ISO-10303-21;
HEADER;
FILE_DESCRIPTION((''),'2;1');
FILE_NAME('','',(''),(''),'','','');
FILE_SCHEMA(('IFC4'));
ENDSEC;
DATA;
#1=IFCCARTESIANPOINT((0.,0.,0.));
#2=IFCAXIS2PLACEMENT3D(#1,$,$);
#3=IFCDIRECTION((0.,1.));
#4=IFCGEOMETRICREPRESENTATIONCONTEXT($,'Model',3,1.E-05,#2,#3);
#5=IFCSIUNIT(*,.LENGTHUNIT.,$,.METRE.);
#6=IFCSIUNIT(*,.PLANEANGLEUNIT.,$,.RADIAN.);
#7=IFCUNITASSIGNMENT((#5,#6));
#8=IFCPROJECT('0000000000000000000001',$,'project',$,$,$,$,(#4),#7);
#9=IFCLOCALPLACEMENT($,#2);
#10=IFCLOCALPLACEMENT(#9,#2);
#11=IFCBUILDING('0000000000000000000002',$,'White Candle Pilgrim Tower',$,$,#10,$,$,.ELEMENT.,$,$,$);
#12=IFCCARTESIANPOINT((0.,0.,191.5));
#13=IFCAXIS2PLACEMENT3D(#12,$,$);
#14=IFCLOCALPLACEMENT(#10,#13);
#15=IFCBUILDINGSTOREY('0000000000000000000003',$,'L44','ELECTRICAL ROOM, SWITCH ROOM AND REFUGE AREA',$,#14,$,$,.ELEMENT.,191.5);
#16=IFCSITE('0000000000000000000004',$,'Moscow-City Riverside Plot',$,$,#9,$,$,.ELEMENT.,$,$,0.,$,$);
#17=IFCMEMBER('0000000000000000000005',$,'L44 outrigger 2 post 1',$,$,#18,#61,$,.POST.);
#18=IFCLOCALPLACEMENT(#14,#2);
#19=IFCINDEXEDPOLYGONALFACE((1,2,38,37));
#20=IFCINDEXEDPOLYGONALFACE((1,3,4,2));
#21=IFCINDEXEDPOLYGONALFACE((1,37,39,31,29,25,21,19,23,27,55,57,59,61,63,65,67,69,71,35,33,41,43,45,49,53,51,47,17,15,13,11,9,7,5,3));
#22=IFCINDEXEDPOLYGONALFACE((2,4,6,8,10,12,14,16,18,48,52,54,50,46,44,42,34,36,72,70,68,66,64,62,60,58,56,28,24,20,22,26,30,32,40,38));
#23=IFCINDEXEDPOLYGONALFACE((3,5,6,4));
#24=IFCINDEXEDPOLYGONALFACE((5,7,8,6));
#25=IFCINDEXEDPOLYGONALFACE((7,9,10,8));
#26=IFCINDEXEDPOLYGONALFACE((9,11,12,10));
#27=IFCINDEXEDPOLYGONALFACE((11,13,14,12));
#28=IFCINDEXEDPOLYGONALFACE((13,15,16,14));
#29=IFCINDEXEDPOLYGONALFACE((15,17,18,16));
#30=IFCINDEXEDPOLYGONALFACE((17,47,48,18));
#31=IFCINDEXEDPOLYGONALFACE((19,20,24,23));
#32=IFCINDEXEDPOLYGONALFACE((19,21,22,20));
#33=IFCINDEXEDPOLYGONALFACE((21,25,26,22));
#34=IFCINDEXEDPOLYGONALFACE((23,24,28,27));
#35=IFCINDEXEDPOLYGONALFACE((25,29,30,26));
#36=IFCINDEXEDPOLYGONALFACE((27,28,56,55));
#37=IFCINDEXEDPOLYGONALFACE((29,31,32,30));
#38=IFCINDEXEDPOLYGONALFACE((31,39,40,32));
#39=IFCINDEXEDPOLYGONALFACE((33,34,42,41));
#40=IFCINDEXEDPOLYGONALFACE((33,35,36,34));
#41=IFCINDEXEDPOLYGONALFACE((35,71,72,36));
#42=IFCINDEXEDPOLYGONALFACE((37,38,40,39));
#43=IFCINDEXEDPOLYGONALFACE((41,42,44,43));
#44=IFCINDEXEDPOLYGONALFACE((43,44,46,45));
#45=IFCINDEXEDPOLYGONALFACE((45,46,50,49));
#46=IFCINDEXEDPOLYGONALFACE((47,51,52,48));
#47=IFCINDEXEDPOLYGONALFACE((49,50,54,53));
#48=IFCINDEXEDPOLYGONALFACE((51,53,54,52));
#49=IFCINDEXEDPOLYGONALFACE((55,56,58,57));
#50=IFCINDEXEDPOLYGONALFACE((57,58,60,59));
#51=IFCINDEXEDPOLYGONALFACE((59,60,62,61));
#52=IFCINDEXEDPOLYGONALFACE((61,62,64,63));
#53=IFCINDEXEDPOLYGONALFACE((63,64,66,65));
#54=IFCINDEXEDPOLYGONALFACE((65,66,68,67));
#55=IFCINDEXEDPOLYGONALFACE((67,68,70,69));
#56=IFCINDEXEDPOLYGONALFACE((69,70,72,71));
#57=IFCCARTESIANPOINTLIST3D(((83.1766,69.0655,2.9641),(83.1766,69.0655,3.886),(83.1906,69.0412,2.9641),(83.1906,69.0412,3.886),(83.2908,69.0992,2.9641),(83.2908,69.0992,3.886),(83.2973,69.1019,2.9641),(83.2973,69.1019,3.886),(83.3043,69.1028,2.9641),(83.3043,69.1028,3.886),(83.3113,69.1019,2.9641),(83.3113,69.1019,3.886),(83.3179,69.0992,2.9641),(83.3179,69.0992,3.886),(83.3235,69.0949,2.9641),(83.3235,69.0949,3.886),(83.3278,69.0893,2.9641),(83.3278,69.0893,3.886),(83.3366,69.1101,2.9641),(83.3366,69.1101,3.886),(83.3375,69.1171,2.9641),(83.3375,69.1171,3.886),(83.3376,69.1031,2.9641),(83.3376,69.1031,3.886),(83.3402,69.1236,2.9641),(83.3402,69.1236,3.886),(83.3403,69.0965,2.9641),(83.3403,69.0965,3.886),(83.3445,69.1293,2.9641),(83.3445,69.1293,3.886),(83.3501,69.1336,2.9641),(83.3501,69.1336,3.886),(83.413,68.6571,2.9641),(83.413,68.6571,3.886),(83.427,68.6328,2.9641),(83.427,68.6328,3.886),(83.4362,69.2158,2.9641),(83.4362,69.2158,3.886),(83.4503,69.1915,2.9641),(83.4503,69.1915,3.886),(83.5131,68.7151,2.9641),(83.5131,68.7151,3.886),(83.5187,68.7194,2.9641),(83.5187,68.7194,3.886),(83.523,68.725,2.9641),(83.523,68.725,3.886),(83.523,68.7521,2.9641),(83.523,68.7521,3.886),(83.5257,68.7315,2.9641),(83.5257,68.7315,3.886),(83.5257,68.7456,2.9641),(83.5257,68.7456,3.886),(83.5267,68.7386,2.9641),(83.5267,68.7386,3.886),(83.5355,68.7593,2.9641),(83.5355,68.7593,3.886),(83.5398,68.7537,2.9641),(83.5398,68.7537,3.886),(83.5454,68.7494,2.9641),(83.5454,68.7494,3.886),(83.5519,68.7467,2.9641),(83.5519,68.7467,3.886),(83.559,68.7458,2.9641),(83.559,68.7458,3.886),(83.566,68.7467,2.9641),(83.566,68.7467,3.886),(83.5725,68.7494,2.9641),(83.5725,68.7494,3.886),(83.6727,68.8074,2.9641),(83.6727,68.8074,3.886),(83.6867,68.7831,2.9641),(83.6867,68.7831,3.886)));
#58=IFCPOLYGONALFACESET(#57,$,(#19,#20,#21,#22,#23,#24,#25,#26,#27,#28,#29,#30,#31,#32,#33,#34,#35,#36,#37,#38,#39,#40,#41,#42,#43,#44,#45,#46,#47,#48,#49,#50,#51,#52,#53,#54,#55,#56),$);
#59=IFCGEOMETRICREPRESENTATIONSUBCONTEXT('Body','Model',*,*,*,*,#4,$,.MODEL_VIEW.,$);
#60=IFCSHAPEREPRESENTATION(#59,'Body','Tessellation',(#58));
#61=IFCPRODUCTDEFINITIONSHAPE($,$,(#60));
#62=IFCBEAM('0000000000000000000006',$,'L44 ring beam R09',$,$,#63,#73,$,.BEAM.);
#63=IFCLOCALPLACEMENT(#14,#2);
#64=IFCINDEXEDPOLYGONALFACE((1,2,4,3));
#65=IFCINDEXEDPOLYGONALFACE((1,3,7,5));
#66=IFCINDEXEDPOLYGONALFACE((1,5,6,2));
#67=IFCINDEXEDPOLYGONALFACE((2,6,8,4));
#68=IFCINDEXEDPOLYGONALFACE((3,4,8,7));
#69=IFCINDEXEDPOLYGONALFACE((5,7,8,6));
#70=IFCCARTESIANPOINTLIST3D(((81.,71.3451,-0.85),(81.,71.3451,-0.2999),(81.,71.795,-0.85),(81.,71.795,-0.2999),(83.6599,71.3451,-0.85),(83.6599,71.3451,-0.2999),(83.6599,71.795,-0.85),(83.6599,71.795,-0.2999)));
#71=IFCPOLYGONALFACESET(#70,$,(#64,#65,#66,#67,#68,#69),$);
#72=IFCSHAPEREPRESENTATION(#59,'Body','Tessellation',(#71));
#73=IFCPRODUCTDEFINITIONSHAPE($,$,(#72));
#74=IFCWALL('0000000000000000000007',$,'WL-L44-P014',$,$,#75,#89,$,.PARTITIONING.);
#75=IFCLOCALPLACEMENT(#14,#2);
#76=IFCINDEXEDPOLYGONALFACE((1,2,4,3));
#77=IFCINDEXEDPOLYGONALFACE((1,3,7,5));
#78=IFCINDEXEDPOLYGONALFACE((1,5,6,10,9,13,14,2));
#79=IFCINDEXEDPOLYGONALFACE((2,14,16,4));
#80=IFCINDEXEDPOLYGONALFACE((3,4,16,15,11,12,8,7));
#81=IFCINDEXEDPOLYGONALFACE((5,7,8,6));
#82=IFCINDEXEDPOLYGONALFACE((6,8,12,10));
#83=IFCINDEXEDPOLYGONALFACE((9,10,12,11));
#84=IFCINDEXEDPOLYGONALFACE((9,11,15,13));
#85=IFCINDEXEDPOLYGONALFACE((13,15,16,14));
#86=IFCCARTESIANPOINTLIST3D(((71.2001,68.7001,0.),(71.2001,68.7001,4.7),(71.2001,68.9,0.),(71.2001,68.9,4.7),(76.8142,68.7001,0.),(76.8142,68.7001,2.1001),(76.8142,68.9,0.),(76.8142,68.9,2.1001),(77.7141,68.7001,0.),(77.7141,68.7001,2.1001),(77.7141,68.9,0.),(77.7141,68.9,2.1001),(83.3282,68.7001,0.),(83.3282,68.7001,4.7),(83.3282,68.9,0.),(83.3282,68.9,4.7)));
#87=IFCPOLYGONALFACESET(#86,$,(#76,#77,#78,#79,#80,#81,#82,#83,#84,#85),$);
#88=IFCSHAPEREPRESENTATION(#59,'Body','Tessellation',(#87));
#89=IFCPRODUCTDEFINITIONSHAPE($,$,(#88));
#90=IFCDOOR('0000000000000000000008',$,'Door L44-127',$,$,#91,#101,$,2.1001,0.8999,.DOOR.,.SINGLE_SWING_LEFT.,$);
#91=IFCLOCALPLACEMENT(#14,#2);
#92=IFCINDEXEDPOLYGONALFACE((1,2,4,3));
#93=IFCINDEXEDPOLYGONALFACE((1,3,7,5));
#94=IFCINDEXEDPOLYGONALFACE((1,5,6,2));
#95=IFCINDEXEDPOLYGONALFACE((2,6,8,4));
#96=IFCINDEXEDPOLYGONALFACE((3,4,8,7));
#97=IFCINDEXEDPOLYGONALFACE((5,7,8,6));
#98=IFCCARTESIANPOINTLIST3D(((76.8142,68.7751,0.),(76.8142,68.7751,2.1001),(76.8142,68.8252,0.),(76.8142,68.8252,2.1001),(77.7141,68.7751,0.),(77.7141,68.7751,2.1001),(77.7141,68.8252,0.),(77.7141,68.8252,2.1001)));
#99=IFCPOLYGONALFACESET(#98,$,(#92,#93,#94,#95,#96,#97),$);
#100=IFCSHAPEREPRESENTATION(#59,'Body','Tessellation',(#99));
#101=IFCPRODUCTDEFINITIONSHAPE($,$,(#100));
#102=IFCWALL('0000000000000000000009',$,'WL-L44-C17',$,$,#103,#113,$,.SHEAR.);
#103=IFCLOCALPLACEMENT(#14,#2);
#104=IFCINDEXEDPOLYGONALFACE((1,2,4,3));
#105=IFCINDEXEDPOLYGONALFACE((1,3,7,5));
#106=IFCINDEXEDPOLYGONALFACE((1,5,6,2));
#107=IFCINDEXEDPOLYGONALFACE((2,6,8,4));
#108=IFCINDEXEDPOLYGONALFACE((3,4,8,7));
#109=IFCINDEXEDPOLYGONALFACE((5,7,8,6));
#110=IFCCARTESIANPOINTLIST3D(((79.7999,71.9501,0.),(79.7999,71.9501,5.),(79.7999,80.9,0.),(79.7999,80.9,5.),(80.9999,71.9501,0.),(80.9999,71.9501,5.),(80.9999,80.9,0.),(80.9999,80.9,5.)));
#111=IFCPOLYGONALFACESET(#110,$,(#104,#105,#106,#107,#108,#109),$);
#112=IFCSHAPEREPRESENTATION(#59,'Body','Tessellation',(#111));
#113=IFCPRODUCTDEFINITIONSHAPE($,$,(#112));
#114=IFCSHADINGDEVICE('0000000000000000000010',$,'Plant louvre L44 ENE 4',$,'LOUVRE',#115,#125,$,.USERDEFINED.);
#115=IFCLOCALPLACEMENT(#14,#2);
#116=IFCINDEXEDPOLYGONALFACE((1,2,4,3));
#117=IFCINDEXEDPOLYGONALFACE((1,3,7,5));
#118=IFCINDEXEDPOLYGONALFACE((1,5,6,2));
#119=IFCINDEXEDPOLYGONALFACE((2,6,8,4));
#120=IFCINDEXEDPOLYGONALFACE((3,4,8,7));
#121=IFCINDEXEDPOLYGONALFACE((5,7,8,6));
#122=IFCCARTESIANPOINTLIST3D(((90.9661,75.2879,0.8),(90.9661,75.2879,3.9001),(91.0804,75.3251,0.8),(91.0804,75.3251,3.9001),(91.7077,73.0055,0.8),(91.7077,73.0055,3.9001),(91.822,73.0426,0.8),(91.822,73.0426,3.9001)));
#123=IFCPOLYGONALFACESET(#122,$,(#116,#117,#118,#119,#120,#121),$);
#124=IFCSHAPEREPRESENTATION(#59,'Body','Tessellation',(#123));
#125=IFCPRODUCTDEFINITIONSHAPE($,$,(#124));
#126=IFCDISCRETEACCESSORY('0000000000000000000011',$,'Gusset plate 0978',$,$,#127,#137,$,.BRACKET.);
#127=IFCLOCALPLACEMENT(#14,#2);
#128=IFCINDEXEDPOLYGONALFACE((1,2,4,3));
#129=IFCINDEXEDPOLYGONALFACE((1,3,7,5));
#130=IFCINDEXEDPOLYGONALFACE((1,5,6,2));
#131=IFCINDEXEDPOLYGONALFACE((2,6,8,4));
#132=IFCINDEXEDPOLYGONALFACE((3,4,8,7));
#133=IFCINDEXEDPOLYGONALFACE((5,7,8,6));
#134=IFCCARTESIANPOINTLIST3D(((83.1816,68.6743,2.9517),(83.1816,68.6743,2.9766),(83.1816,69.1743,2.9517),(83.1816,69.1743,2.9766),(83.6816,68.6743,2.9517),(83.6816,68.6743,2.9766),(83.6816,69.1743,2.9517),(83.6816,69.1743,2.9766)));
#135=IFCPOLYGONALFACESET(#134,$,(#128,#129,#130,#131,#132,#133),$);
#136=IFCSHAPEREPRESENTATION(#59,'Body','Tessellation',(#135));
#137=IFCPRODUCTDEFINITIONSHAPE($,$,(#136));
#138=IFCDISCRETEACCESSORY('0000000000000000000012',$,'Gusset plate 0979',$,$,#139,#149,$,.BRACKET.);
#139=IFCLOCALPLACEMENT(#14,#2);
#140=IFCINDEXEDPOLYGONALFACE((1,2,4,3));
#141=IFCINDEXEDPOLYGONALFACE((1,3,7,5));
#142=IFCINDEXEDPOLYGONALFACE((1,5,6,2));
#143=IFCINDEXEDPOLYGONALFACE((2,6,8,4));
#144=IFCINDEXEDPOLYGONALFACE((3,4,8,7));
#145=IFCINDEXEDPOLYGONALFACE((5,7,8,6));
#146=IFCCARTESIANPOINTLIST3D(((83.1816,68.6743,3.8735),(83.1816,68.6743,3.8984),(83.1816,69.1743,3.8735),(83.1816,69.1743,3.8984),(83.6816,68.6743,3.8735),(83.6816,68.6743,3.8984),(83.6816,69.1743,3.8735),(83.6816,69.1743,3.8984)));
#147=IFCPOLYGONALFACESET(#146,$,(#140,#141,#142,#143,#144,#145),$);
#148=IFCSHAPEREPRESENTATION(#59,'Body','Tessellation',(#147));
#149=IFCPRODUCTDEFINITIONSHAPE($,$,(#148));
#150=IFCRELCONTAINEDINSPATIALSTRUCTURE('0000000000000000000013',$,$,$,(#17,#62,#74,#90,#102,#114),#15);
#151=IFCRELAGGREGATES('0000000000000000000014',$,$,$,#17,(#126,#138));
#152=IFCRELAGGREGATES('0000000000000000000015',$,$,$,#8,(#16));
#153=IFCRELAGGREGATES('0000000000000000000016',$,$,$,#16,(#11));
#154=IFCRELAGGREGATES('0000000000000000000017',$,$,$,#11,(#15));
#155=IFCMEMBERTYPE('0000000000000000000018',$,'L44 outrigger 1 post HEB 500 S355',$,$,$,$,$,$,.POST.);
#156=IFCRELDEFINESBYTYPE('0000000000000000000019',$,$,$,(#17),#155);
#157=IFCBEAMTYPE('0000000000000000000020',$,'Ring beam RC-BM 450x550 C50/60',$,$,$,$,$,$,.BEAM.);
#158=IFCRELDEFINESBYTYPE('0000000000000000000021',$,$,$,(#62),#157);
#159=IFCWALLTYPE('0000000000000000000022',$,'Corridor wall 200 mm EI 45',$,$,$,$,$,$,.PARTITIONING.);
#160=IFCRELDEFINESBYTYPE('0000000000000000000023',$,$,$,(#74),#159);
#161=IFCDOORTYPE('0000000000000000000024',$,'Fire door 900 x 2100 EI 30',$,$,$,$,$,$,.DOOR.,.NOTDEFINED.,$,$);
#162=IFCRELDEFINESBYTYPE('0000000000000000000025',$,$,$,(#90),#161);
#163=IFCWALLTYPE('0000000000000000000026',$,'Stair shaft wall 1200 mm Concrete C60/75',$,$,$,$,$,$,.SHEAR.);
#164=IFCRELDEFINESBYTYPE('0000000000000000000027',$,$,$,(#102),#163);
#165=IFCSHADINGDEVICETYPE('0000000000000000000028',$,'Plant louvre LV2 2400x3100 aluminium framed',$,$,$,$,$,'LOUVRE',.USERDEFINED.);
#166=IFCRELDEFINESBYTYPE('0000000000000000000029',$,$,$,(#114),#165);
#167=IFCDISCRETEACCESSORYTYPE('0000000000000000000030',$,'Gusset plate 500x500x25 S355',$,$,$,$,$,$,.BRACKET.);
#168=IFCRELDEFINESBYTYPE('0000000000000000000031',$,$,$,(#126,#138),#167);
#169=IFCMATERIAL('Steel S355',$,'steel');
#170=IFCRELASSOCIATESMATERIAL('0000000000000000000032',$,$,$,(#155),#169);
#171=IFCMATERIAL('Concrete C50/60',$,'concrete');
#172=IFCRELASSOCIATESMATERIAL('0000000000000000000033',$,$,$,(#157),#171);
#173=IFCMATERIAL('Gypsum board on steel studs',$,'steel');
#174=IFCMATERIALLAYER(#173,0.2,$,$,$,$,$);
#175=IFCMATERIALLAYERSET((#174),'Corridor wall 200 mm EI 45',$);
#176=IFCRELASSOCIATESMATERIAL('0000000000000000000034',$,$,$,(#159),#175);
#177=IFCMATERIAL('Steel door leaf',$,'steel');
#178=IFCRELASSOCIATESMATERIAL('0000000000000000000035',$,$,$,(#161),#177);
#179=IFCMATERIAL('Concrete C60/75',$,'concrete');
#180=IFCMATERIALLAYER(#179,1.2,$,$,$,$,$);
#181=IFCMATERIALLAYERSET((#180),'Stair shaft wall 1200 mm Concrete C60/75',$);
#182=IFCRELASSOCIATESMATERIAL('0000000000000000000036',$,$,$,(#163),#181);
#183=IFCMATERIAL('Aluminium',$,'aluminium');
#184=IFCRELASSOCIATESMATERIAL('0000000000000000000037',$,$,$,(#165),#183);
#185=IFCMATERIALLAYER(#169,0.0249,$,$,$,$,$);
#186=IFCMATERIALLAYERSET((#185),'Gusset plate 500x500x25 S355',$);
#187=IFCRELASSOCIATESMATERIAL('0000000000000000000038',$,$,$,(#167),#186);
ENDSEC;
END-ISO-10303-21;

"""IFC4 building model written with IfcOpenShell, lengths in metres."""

from ifc_helpers import new_model, si_unit, direction, frame, frame_2d, origin, origin_2d, place, context, subcontext, project, spatial, rectangle, i_section, extrude, material, layer, layer_set, material_profile, profile_set, type_object, element, fill, aggregate, save


model = new_model("IFC4")

# Units and contexts
model_context = context("Model", 3, precision=1e-05, world=origin(), true_north=direction((0.0, 1.0)))
body_context = subcontext(model_context, "Body", "Model", "MODEL_VIEW")
ifc_project = project(units=[si_unit("LENGTHUNIT", "METRE"), si_unit("PLANEANGLEUNIT", "RADIAN")], contexts=[model_context])

# Site, building, storey
site_placement = place(None, origin())
site = spatial("IfcSite", under=ifc_project, at=site_placement, Name="Moscow-City Riverside Plot", CompositionType="ELEMENT", RefElevation=0.0)
building_placement = place(site_placement, origin())
building = spatial("IfcBuilding", under=site, at=building_placement, Name="White Candle Pilgrim Tower", CompositionType="ELEMENT")
storey_placement = place(building_placement, frame((0.0, 0.0, 191.5)))
storey = spatial("IfcBuildingStorey", under=building, at=storey_placement, Name="L44", Description="ELECTRICAL ROOM, SWITCH ROOM AND REFUGE AREA", CompositionType="ELEMENT", Elevation=191.5)

# Member
ifc_material_1 = material(Name="Steel S355", Category="steel")
ifc_material_profile_1 = material_profile(ifc_material_1, i_section(OverallWidth=0.3, OverallDepth=0.5, WebThickness=0.0144, FlangeThickness=0.0281, FilletRadius=0.0271, at=origin_2d()), Name="HEB 500")
ifc_profile_set_1 = profile_set([ifc_material_profile_1], Name="Steel S355")
member_type_1 = type_object("IfcMemberType", Name="L44 outrigger 1 post HEB 500 S355", PredefinedType="POST", material=ifc_profile_set_1)
member_1_placement = place(storey_placement, frame((83.4316, 68.9243, 2.9641), z_axis=(0.0, 0.0, 1.0), x_axis=(0.865454, 0.500989, 0.0)))
member_1 = element("IfcMember", 1, at=member_1_placement, inside=storey, type_object=member_type_1, Name="L44 outrigger 2 post 1", PredefinedType="POST", context=body_context, shape_type="SweptSolid", body=[
    extrude(i_section(OverallWidth=0.3, OverallDepth=0.5, WebThickness=0.0144, FlangeThickness=0.0281, FilletRadius=0.0271, at=origin_2d()), origin(), (0.0, 0.0, 1.0), 0.9219),
])

# Beam
ifc_material_2 = material(Name="Concrete C50/60", Category="concrete")
ifc_material_profile_2 = material_profile(ifc_material_2, rectangle(XDim=0.45, YDim=0.55, at=origin_2d()), Name="RC-BM 450x550")
ifc_profile_set_2 = profile_set([ifc_material_profile_2], Name="Concrete C50/60")
beam_type = type_object("IfcBeamType", Name="Ring beam RC-BM 450x550 C50/60", PredefinedType="BEAM", material=ifc_profile_set_2)
beam_placement = place(storey_placement, frame((83.6599, 71.5701, -0.575), z_axis=(-1.0, 0.0, 0.0), x_axis=(0.0, -1.0, 0.0)))
element("IfcBeam", 2, at=beam_placement, inside=storey, type_object=beam_type, Name="L44 ring beam R09", PredefinedType="BEAM", context=body_context, shape_type="SweptSolid", body=[
    extrude(rectangle(XDim=0.45, YDim=0.55, at=origin_2d()), origin(), (0.0, 0.0, 1.0), 2.6599),
])

# Wall, opening, door
ifc_material_3 = material(Name="Gypsum board on steel studs", Category="steel")
ifc_layer_1 = layer(ifc_material_3, 0.2)
ifc_layer_set_1 = layer_set([ifc_layer_1], Name="Corridor wall 200 mm EI 45")
wall_type_1 = type_object("IfcWallType", Name="Corridor wall 200 mm EI 45", PredefinedType="PARTITIONING", material=ifc_layer_set_1)
wall_1_placement = place(storey_placement, frame((83.3281, 68.8, 0.0), z_axis=(0.0, 0.0, 1.0), x_axis=(-1.0, 0.0, 0.0)))
wall_1 = element("IfcWall", 3, at=wall_1_placement, inside=storey, type_object=wall_type_1, Name="WL-L44-P014", PredefinedType="PARTITIONING", context=body_context, shape_type="SweptSolid", body=[
    extrude(rectangle(XDim=12.1282, YDim=0.2, at=frame_2d((6.064, 0.0))), origin(), (0.0, 0.0, 1.0), 4.7),
])
opening_placement = place(wall_1_placement, frame((5.614, 0.0, 0.0)))
opening = element("IfcOpeningElement", 4, at=opening_placement, cuts=wall_1, PredefinedType="OPENING", context=body_context, shape_type="SweptSolid", body=[
    extrude(rectangle(XDim=0.8999, YDim=2.1001, at=frame_2d((0.45, 1.05))), frame((0.0, 0.1099, 0.0), z_axis=(0.0, -1.0, 0.0), x_axis=(1.0, 0.0, 0.0)), (0.0, 0.0, 1.0), 0.22),
])
ifc_material_4 = material(Name="Steel door leaf", Category="steel")
door_type = type_object("IfcDoorType", Name="Fire door 900 x 2100 EI 30", OperationType="NOTDEFINED", PredefinedType="DOOR", material=ifc_material_4)
door_placement = place(opening_placement, origin())
door = element("IfcDoor", 5, at=door_placement, inside=storey, type_object=door_type, Name="Door L44-127", OperationType="SINGLE_SWING_LEFT", OverallHeight=2.1001, OverallWidth=0.8999, PredefinedType="DOOR", context=body_context, shape_type="SweptSolid", body=[
    extrude(rectangle(XDim=0.8999, YDim=2.1001, at=frame_2d((0.45, 1.05))), frame((0.0, 0.0249, 0.0), z_axis=(0.0, -1.0, 0.0), x_axis=(1.0, 0.0, 0.0)), (0.0, 0.0, 1.0), 0.05),
])
fill(opening, door)

# Wall
ifc_material_5 = material(Name="Concrete C60/75", Category="concrete")
ifc_layer_2 = layer(ifc_material_5, 1.2)
ifc_layer_set_2 = layer_set([ifc_layer_2], Name="Stair shaft wall 1200 mm Concrete C60/75")
wall_type_2 = type_object("IfcWallType", Name="Stair shaft wall 1200 mm Concrete C60/75", PredefinedType="SHEAR", material=ifc_layer_set_2)
wall_2_placement = place(storey_placement, frame((80.3999, 71.95, 0.0), z_axis=(0.0, 0.0, 1.0), x_axis=(0.0, 1.0, 0.0)))
element("IfcWall", 6, at=wall_2_placement, inside=storey, type_object=wall_type_2, Name="WL-L44-C17", PredefinedType="SHEAR", context=body_context, shape_type="SweptSolid", body=[
    extrude(rectangle(XDim=8.95, YDim=1.2, at=frame_2d((4.4751, 0.0))), origin(), (0.0, 0.0, 1.0), 5.0),
])

# Shading device
ifc_material_6 = material(Name="Aluminium", Category="aluminium")
shading_device_type = type_object("IfcShadingDeviceType", Name="Plant louvre LV2 2400x3100 aluminium framed", ElementType="LOUVRE", PredefinedType="USERDEFINED", material=ifc_material_6)
shading_device_placement = place(storey_placement, frame((91.394, 74.1653, 0.8), z_axis=(0.0, 0.0, 1.0), x_axis=(-0.309017, 0.951057, 0.0)))
element("IfcShadingDevice", 7, at=shading_device_placement, inside=storey, type_object=shading_device_type, Name="Plant louvre L44 ENE 4", ObjectType="LOUVRE", PredefinedType="USERDEFINED", context=body_context, shape_type="SweptSolid", body=[
    extrude(rectangle(XDim=2.3999, YDim=0.1201, at=origin_2d()), origin(), (0.0, 0.0, 1.0), 3.1001),
])

# Discrete accessories
ifc_layer_3 = layer(ifc_material_1, 0.0249)
ifc_layer_set_3 = layer_set([ifc_layer_3], Name="Gusset plate 500x500x25 S355")
discrete_accessory_type_1 = type_object("IfcDiscreteAccessoryType", Name="Gusset plate 500x500x25 S355", PredefinedType="BRACKET", material=ifc_layer_set_3)
discrete_accessory_1_placement = place(storey_placement, frame((83.4316, 68.9243, 2.9517), z_axis=(0.0, 0.0, 1.0), x_axis=(1.0, 0.0, 0.0)))
discrete_accessory_1 = element("IfcDiscreteAccessory", 8, at=discrete_accessory_1_placement, type_object=discrete_accessory_type_1, Name="Gusset plate 0978", PredefinedType="BRACKET", context=body_context, shape_type="SweptSolid", body=[
    extrude(rectangle(XDim=0.5, YDim=0.5, at=origin_2d()), origin(), (0.0, 0.0, 1.0), 0.0249),
])
discrete_accessory_2_placement = place(storey_placement, frame((83.4316, 68.9243, 3.8735), z_axis=(0.0, 0.0, 1.0), x_axis=(1.0, 0.0, 0.0)))
discrete_accessory_2 = element("IfcDiscreteAccessory", 9, at=discrete_accessory_2_placement, type_object=discrete_accessory_type_1, Name="Gusset plate 0979", PredefinedType="BRACKET", context=body_context, shape_type="SweptSolid", body=[
    extrude(rectangle(XDim=0.5, YDim=0.5, at=origin_2d()), origin(), (0.0, 0.0, 1.0), 0.0249),
])
aggregate(member_1, [discrete_accessory_1, discrete_accessory_2])

save(model, "model.ifc")
